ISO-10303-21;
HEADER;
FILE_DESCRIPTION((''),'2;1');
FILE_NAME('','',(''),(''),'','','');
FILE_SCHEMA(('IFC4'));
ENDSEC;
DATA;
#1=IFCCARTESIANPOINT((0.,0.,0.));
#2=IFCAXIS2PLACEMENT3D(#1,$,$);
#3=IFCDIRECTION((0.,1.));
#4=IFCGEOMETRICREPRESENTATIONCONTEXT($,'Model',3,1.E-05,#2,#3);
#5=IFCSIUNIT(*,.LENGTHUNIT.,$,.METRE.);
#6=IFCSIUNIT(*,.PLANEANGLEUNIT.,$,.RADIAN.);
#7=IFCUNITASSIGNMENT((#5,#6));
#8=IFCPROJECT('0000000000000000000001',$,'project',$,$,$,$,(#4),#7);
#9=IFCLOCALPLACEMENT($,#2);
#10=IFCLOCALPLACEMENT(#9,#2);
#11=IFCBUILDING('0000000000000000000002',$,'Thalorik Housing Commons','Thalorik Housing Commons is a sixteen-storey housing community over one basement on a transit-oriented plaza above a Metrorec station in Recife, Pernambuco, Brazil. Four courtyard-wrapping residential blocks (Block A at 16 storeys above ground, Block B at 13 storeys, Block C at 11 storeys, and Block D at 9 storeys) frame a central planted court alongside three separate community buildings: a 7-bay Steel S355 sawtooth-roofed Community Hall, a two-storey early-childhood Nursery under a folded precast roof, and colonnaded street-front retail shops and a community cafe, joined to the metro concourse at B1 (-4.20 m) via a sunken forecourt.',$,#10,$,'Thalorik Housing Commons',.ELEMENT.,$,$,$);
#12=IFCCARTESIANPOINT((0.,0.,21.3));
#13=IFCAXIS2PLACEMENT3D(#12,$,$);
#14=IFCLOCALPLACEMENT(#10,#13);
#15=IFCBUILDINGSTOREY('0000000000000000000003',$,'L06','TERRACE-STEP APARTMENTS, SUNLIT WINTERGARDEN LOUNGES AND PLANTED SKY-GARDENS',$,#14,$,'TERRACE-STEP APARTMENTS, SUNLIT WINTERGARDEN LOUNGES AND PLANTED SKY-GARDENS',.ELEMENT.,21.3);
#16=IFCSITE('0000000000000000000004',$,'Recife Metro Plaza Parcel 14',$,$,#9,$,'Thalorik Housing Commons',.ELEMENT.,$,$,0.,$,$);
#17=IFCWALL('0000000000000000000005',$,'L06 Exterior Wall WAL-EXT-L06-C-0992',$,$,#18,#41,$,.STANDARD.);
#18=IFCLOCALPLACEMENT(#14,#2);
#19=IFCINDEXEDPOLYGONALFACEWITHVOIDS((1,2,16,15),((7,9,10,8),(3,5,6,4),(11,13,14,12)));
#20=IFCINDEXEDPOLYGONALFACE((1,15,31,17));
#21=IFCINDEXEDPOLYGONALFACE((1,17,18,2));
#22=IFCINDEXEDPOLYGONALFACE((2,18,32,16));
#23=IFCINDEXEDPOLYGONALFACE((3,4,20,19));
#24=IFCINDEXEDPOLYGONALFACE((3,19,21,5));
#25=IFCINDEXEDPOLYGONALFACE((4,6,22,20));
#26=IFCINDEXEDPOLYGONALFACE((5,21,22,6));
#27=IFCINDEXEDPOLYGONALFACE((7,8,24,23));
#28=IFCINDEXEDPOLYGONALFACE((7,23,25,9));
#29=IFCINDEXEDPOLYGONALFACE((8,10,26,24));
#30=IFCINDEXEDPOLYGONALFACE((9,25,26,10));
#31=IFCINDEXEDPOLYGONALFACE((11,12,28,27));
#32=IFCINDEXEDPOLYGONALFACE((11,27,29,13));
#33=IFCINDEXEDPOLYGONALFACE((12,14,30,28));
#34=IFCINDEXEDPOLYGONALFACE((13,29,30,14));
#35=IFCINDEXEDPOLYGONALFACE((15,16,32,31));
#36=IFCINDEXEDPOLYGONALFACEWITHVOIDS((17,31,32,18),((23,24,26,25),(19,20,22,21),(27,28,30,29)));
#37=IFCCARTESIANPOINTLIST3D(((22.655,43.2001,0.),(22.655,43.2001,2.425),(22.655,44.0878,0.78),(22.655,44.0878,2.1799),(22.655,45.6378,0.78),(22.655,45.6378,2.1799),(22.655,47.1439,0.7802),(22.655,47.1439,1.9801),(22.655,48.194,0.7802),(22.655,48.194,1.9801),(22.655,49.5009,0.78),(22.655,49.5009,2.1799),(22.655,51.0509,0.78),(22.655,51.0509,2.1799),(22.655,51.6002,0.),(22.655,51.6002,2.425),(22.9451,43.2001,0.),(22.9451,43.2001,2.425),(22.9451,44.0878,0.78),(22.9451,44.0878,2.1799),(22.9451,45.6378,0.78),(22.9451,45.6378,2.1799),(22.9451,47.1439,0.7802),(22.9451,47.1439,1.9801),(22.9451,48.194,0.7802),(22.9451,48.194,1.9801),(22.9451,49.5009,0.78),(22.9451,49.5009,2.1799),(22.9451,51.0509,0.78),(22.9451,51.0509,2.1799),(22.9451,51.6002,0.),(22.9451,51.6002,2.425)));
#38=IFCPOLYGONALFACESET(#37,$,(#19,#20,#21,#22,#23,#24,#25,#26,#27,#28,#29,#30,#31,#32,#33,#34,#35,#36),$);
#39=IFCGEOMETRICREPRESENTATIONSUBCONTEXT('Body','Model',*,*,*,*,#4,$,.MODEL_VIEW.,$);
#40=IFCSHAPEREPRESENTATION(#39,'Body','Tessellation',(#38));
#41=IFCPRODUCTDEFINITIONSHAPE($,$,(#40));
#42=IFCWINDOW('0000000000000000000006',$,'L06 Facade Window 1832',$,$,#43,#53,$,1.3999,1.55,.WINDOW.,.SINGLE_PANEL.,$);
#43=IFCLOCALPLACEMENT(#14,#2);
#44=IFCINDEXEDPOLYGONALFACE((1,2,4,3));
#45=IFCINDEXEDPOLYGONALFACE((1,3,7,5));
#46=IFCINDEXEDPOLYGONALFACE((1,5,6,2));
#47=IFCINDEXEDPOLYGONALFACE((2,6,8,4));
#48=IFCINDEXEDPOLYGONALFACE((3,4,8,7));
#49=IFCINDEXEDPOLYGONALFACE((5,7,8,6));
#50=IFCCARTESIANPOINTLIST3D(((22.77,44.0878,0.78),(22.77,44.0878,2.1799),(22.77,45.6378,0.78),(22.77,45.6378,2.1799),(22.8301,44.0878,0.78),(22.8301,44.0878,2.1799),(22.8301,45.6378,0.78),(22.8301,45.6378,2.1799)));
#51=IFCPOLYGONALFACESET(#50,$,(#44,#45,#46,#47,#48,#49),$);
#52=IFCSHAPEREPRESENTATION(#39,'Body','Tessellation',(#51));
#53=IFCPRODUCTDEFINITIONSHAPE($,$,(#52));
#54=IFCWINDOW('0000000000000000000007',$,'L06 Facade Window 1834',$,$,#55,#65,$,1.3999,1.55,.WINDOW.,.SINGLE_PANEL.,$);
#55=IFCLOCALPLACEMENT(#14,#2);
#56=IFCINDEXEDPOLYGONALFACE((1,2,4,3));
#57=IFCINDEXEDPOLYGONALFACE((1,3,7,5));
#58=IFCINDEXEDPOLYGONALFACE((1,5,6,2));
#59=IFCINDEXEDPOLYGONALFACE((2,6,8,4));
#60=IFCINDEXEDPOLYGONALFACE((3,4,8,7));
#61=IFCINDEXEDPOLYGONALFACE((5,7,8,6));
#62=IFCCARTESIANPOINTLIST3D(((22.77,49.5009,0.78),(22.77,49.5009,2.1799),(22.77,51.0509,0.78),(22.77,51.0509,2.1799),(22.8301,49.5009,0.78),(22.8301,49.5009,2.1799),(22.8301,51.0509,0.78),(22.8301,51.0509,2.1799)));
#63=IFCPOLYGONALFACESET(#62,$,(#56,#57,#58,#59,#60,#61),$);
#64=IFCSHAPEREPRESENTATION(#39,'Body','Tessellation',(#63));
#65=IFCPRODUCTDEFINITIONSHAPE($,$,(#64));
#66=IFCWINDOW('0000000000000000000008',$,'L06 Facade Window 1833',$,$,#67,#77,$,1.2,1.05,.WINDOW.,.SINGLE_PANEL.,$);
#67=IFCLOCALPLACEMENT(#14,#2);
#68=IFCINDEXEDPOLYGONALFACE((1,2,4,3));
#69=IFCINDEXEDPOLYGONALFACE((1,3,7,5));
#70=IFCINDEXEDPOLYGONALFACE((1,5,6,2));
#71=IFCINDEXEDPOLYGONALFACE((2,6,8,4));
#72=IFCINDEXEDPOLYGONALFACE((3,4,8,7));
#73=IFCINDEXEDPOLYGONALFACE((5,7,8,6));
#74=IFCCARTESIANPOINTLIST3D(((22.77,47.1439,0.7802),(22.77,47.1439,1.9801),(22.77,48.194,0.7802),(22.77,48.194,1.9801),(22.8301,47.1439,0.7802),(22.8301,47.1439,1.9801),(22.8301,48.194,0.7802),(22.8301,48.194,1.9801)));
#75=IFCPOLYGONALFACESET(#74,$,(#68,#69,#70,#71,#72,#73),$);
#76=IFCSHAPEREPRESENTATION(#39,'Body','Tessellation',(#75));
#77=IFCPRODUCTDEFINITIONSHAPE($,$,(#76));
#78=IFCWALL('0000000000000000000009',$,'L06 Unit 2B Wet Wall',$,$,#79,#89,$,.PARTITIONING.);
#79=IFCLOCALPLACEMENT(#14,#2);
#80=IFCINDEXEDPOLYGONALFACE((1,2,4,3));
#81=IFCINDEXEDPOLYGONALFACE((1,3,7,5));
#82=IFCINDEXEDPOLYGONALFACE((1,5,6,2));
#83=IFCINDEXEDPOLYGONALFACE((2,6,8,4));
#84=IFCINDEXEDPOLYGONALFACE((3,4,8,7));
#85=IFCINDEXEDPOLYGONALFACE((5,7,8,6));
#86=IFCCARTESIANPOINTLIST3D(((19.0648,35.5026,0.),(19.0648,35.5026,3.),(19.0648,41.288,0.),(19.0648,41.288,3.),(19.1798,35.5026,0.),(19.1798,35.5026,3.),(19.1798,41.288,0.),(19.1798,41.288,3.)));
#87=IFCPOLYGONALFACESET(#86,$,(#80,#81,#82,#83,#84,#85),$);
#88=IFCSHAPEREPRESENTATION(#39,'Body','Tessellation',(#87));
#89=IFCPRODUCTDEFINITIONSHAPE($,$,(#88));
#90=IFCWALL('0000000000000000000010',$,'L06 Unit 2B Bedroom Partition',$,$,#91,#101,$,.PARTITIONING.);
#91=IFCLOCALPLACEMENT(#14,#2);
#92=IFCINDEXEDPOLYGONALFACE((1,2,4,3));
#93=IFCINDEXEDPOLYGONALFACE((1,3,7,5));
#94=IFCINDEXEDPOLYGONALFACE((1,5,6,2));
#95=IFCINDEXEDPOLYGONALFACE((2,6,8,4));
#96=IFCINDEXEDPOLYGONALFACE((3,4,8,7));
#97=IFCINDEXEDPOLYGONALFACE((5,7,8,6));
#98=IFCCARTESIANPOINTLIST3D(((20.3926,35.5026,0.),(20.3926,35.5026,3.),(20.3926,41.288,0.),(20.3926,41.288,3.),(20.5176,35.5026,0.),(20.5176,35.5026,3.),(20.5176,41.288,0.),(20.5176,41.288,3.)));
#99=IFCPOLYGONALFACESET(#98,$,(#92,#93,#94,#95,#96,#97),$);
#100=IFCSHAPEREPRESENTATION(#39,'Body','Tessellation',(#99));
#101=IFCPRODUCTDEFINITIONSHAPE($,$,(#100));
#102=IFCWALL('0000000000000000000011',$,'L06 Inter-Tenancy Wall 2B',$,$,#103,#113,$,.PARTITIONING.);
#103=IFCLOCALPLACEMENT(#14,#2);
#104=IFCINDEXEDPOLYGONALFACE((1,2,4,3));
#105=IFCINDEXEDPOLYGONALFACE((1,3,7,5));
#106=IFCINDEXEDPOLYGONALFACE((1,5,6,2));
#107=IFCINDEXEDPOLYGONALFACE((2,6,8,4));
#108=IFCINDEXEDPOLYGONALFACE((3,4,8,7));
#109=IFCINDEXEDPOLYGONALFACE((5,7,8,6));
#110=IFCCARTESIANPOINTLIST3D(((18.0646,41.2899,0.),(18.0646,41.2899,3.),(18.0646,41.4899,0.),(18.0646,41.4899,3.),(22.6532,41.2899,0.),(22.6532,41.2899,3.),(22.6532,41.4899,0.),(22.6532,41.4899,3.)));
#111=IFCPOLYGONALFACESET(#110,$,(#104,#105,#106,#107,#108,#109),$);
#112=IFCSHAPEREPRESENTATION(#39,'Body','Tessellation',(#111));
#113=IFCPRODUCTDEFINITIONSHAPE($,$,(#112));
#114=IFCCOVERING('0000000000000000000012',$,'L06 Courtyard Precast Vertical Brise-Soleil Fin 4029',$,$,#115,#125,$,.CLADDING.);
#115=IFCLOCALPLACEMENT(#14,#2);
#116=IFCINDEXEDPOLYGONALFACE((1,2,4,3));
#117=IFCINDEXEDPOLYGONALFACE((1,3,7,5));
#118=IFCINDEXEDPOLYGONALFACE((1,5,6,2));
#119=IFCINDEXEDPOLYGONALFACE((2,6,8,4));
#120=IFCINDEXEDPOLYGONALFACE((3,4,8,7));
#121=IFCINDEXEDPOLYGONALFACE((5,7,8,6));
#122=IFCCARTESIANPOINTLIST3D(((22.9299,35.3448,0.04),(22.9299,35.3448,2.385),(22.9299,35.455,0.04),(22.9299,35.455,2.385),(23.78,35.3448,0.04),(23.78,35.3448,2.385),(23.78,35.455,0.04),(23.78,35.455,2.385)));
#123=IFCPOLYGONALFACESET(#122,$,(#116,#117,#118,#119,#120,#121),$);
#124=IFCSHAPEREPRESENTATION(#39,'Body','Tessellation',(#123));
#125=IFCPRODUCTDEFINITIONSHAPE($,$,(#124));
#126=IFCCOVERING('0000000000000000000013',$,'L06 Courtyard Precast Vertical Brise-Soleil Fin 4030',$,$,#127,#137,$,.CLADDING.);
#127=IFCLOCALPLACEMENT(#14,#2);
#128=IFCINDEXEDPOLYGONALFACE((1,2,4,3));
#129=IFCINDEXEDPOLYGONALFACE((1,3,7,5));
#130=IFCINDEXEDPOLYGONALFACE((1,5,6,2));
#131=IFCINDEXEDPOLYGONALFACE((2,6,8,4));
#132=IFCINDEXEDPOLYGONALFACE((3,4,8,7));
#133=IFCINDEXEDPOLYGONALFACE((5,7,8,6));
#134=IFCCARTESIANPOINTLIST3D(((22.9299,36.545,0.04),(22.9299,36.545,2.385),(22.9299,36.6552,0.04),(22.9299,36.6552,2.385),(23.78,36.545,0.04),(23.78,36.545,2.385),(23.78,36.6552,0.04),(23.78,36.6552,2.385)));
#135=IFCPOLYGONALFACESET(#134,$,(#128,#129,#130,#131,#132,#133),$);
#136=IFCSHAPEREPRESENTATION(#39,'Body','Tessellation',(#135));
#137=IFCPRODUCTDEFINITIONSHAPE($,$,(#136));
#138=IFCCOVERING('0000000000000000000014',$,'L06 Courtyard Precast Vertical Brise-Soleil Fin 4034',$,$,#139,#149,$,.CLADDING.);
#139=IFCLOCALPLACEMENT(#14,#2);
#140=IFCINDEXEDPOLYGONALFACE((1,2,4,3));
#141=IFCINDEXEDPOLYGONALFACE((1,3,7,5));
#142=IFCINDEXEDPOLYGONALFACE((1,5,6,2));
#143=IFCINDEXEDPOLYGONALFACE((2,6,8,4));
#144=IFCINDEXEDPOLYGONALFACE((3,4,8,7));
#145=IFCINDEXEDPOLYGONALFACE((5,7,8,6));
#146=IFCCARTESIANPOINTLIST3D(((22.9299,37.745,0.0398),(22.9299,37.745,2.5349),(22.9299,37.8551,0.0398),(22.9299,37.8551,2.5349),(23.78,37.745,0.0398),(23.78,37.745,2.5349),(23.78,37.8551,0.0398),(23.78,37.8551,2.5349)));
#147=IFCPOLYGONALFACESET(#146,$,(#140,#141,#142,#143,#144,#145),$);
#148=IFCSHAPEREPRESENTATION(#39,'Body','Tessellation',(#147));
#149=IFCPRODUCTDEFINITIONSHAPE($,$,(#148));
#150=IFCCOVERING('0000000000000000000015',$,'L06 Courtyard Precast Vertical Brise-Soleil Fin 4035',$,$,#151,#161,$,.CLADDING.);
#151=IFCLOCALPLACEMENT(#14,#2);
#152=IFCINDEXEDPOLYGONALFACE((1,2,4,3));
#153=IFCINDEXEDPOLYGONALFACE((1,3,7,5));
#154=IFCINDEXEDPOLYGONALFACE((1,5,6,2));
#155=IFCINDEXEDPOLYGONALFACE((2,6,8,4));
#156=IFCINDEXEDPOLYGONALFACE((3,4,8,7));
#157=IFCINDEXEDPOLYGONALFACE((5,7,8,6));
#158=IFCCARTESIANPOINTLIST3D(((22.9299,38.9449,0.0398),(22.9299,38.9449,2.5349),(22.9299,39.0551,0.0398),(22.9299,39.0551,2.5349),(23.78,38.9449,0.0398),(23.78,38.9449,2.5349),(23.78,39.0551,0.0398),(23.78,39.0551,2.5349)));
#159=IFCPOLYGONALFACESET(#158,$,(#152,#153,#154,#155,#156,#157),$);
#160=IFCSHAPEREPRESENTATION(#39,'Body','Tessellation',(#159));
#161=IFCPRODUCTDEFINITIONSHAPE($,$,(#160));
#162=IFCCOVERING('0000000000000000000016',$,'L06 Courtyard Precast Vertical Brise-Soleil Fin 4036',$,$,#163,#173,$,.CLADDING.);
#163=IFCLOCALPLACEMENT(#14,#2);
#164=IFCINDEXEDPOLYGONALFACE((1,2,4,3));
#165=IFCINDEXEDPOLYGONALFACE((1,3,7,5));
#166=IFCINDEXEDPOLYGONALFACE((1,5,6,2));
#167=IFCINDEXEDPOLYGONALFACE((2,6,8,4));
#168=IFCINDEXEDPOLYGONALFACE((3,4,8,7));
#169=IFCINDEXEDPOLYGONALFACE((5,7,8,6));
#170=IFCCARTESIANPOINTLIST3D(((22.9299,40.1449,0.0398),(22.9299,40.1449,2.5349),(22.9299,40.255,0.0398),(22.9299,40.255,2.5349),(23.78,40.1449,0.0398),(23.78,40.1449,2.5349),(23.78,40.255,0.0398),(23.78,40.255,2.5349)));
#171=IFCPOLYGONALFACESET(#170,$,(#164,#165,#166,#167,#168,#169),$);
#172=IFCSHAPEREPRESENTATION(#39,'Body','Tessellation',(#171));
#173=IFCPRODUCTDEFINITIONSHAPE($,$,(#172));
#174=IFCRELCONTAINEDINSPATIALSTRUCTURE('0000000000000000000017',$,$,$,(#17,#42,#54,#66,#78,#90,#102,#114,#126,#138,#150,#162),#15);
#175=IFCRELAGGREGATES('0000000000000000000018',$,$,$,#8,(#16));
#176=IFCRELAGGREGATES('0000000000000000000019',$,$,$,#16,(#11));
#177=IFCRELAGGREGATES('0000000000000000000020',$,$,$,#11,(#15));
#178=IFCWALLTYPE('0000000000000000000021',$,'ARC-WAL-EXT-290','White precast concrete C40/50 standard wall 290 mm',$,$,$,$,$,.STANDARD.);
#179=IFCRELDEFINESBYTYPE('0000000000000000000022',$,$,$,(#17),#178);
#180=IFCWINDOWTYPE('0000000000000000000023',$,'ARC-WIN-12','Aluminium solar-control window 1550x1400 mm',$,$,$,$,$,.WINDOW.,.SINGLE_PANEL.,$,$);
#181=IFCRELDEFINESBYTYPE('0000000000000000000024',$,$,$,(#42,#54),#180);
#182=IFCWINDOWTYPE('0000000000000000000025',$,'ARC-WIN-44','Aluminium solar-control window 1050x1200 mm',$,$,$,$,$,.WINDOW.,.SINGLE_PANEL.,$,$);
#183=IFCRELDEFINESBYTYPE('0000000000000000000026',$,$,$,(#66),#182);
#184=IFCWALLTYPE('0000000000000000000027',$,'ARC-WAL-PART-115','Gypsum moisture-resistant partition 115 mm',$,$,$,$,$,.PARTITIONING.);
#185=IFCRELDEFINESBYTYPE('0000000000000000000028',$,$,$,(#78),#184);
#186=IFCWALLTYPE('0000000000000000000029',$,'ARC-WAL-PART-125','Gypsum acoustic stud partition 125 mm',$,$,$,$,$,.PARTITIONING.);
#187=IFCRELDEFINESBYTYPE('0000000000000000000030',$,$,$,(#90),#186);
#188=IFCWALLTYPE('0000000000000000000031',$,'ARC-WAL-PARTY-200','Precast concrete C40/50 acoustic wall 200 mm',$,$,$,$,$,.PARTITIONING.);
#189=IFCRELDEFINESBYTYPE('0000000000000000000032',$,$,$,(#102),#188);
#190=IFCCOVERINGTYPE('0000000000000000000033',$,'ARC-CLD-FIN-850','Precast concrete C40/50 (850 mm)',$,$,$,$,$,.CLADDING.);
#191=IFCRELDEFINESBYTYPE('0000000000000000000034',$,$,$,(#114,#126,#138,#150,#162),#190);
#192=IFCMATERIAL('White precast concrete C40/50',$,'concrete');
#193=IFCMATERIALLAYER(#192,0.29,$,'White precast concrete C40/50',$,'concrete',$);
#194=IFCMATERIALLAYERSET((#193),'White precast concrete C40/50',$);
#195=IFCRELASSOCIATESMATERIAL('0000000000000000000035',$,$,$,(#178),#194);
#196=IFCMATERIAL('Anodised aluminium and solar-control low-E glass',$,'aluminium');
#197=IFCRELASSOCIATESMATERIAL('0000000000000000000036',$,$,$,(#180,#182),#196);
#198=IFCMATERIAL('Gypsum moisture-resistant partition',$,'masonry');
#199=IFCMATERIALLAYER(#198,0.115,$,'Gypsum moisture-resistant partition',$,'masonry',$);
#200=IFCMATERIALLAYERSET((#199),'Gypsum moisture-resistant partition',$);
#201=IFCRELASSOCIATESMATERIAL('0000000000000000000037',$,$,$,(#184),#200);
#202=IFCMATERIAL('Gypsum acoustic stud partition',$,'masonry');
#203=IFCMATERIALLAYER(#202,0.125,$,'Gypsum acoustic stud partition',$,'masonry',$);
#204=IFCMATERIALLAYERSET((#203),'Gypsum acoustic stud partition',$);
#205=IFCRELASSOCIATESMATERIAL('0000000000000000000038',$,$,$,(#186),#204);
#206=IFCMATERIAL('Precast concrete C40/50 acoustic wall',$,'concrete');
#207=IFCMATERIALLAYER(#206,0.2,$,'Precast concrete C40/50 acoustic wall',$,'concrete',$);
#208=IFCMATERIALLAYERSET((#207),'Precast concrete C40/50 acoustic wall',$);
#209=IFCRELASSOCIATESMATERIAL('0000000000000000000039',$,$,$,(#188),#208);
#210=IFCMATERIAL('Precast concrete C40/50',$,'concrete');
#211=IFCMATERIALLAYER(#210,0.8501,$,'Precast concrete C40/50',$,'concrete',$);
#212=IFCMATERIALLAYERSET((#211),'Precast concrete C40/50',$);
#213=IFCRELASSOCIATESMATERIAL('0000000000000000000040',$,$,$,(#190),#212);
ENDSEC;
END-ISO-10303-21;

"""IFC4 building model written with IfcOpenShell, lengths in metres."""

from ifc_helpers import new_model, si_unit, direction, frame, frame_2d, origin, origin_2d, place, context, subcontext, project, spatial, rectangle, extrude, material, layer, layer_set, type_object, element, fill, save


model = new_model("IFC4")

# Units and contexts
model_context = context("Model", 3, precision=1e-05, world=origin(), true_north=direction((0.0, 1.0)))
body_context = subcontext(model_context, "Body", "Model", "MODEL_VIEW")
ifc_project = project(units=[si_unit("LENGTHUNIT", "METRE"), si_unit("PLANEANGLEUNIT", "RADIAN")], contexts=[model_context])

# Site, building, storey
site_placement = place(None, origin())
site = spatial("IfcSite", under=ifc_project, at=site_placement, Name="Recife Metro Plaza Parcel 14", LongName="Thalorik Housing Commons", CompositionType="ELEMENT", RefElevation=0.0)
building_placement = place(site_placement, origin())
building = spatial("IfcBuilding", under=site, at=building_placement, Name="Thalorik Housing Commons", Description="Thalorik Housing Commons is a sixteen-storey housing community over one basement on a transit-oriented plaza above a Metrorec station in Recife, Pernambuco, Brazil. Four courtyard-wrapping residential blocks (Block A at 16 storeys above ground, Block B at 13 storeys, Block C at 11 storeys, and Block D at 9 storeys) frame a central planted court alongside three separate community buildings: a 7-bay Steel S355 sawtooth-roofed Community Hall, a two-storey early-childhood Nursery under a folded precast roof, and colonnaded street-front retail shops and a community cafe, joined to the metro concourse at B1 (-4.20 m) via a sunken forecourt.", LongName="Thalorik Housing Commons", CompositionType="ELEMENT")
storey_placement = place(building_placement, frame((0.0, 0.0, 21.3)))
storey = spatial("IfcBuildingStorey", under=building, at=storey_placement, Name="L06", Description="TERRACE-STEP APARTMENTS, SUNLIT WINTERGARDEN LOUNGES AND PLANTED SKY-GARDENS", LongName="TERRACE-STEP APARTMENTS, SUNLIT WINTERGARDEN LOUNGES AND PLANTED SKY-GARDENS", CompositionType="ELEMENT", Elevation=21.3)

# Shared definitions
ifc_material_1 = material(Name="Precast concrete C40/50", Category="concrete")

# Wall, openings, windows
ifc_material_2 = material(Name="White precast concrete C40/50", Category="concrete")
ifc_layer_1 = layer(ifc_material_2, 0.29, Name="White precast concrete C40/50", Category="concrete")
ifc_layer_set_1 = layer_set([ifc_layer_1], Name="White precast concrete C40/50")
wall_type_1 = type_object("IfcWallType", Name="ARC-WAL-EXT-290", Description="White precast concrete C40/50 standard wall 290 mm", PredefinedType="STANDARD", material=ifc_layer_set_1)
ifc_material_3 = material(Name="Anodised aluminium and solar-control low-E glass", Category="aluminium")
wall_1_placement = place(storey_placement, frame((22.8, 43.2, 0.0), z_axis=(0.0, 0.0, 1.0), x_axis=(0.0, 1.0, 0.0)))
wall_1 = element("IfcWall", 1, at=wall_1_placement, inside=storey, type_object=wall_type_1, Name="L06 Exterior Wall WAL-EXT-L06-C-0992", PredefinedType="STANDARD", context=body_context, shape_type="SweptSolid", body=[
    extrude(rectangle(XDim=8.4001, YDim=0.29, at=frame_2d((4.2002, 0.0))), origin(), (0.0, 0.0, 1.0), 2.425),
])
opening_1_placement = place(wall_1_placement, frame((0.8879, 0.0, 0.78)))
opening_1 = element("IfcOpeningElement", 2, at=opening_1_placement, cuts=wall_1, PredefinedType="OPENING", context=body_context, shape_type="SweptSolid", body=[
    extrude(rectangle(XDim=1.55, YDim=1.3999, at=frame_2d((0.7749, 0.7))), frame((0.0, 0.155, 0.0), z_axis=(0.0, -1.0, 0.0), x_axis=(1.0, 0.0, 0.0)), (0.0, 0.0, 1.0), 0.3101),
])
opening_2_placement = place(wall_1_placement, frame((3.9441, 0.0, 0.78)))
opening_2 = element("IfcOpeningElement", 3, at=opening_2_placement, cuts=wall_1, PredefinedType="OPENING", context=body_context, shape_type="SweptSolid", body=[
    extrude(rectangle(XDim=1.05, YDim=1.2, at=frame_2d((0.5249, 0.6001))), frame((0.0, 0.155, 0.0), z_axis=(0.0, -1.0, 0.0), x_axis=(1.0, 0.0, 0.0)), (0.0, 0.0, 1.0), 0.3101),
])
opening_3_placement = place(wall_1_placement, frame((6.301, 0.0, 0.78)))
opening_3 = element("IfcOpeningElement", 4, at=opening_3_placement, cuts=wall_1, PredefinedType="OPENING", context=body_context, shape_type="SweptSolid", body=[
    extrude(rectangle(XDim=1.55, YDim=1.3999, at=frame_2d((0.7749, 0.7))), frame((0.0, 0.155, 0.0), z_axis=(0.0, -1.0, 0.0), x_axis=(1.0, 0.0, 0.0)), (0.0, 0.0, 1.0), 0.3101),
])
window_type_1 = type_object("IfcWindowType", Name="ARC-WIN-12", Description="Aluminium solar-control window 1550x1400 mm", PartitioningType="SINGLE_PANEL", PredefinedType="WINDOW", material=ifc_material_3)
window_1_placement = place(opening_1_placement, origin())
window_1 = element("IfcWindow", 5, at=window_1_placement, inside=storey, type_object=window_type_1, Name="L06 Facade Window 1832", OverallHeight=1.3999, OverallWidth=1.55, PartitioningType="SINGLE_PANEL", PredefinedType="WINDOW", context=body_context, shape_type="SweptSolid", body=[
    extrude(rectangle(XDim=1.55, YDim=1.3999, at=frame_2d((0.7749, 0.7))), frame((0.0, 0.03, 0.0), z_axis=(0.0, -1.0, 0.0), x_axis=(1.0, 0.0, 0.0)), (0.0, 0.0, 1.0), 0.0601),
])
fill(opening_1, window_1)
window_2_placement = place(opening_3_placement, origin())
window_2 = element("IfcWindow", 6, at=window_2_placement, inside=storey, type_object=window_type_1, Name="L06 Facade Window 1834", OverallHeight=1.3999, OverallWidth=1.55, PartitioningType="SINGLE_PANEL", PredefinedType="WINDOW", context=body_context, shape_type="SweptSolid", body=[
    extrude(rectangle(XDim=1.55, YDim=1.3999, at=frame_2d((0.7749, 0.7))), frame((0.0, 0.03, 0.0), z_axis=(0.0, -1.0, 0.0), x_axis=(1.0, 0.0, 0.0)), (0.0, 0.0, 1.0), 0.0601),
])
fill(opening_3, window_2)
window_type_2 = type_object("IfcWindowType", Name="ARC-WIN-44", Description="Aluminium solar-control window 1050x1200 mm", PartitioningType="SINGLE_PANEL", PredefinedType="WINDOW", material=ifc_material_3)
window_3_placement = place(opening_2_placement, origin())
window_3 = element("IfcWindow", 7, at=window_3_placement, inside=storey, type_object=window_type_2, Name="L06 Facade Window 1833", OverallHeight=1.2, OverallWidth=1.05, PartitioningType="SINGLE_PANEL", PredefinedType="WINDOW", context=body_context, shape_type="SweptSolid", body=[
    extrude(rectangle(XDim=1.05, YDim=1.2, at=frame_2d((0.5249, 0.6001))), frame((0.0, 0.03, 0.0), z_axis=(0.0, -1.0, 0.0), x_axis=(1.0, 0.0, 0.0)), (0.0, 0.0, 1.0), 0.0601),
])
fill(opening_2, window_3)

# Walls
ifc_material_4 = material(Name="Gypsum moisture-resistant partition", Category="masonry")
ifc_layer_2 = layer(ifc_material_4, 0.115, Name="Gypsum moisture-resistant partition", Category="masonry")
ifc_layer_set_2 = layer_set([ifc_layer_2], Name="Gypsum moisture-resistant partition")
wall_type_2 = type_object("IfcWallType", Name="ARC-WAL-PART-115", Description="Gypsum moisture-resistant partition 115 mm", PredefinedType="PARTITIONING", material=ifc_layer_set_2)
wall_2_placement = place(storey_placement, frame((19.1223, 35.5027, 0.0), z_axis=(0.0, 0.0, 1.0), x_axis=(0.0, 1.0, 0.0)))
element("IfcWall", 8, at=wall_2_placement, inside=storey, type_object=wall_type_2, Name="L06 Unit 2B Wet Wall", PredefinedType="PARTITIONING", context=body_context, shape_type="SweptSolid", body=[
    extrude(rectangle(XDim=5.7854, YDim=0.115, at=frame_2d((2.8926, 0.0))), origin(), (0.0, 0.0, 1.0), 3.0),
])
ifc_material_5 = material(Name="Gypsum acoustic stud partition", Category="masonry")
ifc_layer_3 = layer(ifc_material_5, 0.125, Name="Gypsum acoustic stud partition", Category="masonry")
ifc_layer_set_3 = layer_set([ifc_layer_3], Name="Gypsum acoustic stud partition")
wall_type_3 = type_object("IfcWallType", Name="ARC-WAL-PART-125", Description="Gypsum acoustic stud partition 125 mm", PredefinedType="PARTITIONING", material=ifc_layer_set_3)
wall_3_placement = place(storey_placement, frame((20.4551, 35.5027, 0.0), z_axis=(0.0, 0.0, 1.0), x_axis=(0.0, 1.0, 0.0)))
element("IfcWall", 9, at=wall_3_placement, inside=storey, type_object=wall_type_3, Name="L06 Unit 2B Bedroom Partition", PredefinedType="PARTITIONING", context=body_context, shape_type="SweptSolid", body=[
    extrude(rectangle(XDim=5.7854, YDim=0.125, at=frame_2d((2.8926, 0.0))), origin(), (0.0, 0.0, 1.0), 3.0),
])
ifc_material_6 = material(Name="Precast concrete C40/50 acoustic wall", Category="concrete")
ifc_layer_4 = layer(ifc_material_6, 0.2, Name="Precast concrete C40/50 acoustic wall", Category="concrete")
ifc_layer_set_4 = layer_set([ifc_layer_4], Name="Precast concrete C40/50 acoustic wall")
wall_type_4 = type_object("IfcWallType", Name="ARC-WAL-PARTY-200", Description="Precast concrete C40/50 acoustic wall 200 mm", PredefinedType="PARTITIONING", material=ifc_layer_set_4)
wall_4_placement = place(storey_placement, frame((18.0645, 41.3899, 0.0), z_axis=(0.0, 0.0, 1.0), x_axis=(1.0, 0.0, 0.0)))
element("IfcWall", 10, at=wall_4_placement, inside=storey, type_object=wall_type_4, Name="L06 Inter-Tenancy Wall 2B", PredefinedType="PARTITIONING", context=body_context, shape_type="SweptSolid", body=[
    extrude(rectangle(XDim=4.5886, YDim=0.2, at=frame_2d((2.2944, 0.0))), origin(), (0.0, 0.0, 1.0), 3.0),
])

# Coverings
ifc_layer_5 = layer(ifc_material_1, 0.8501, Name="Precast concrete C40/50", Category="concrete")
ifc_layer_set_5 = layer_set([ifc_layer_5], Name="Precast concrete C40/50")
covering_type_1 = type_object("IfcCoveringType", Name="ARC-CLD-FIN-850", Description="Precast concrete C40/50 (850 mm)", PredefinedType="CLADDING", material=ifc_layer_set_5)
for number, where, z_axis, x_axis, name in (
    (11, (23.355, 35.3999, 0.04), (0.0, 0.0, 1.0), (0.0, 1.0, 0.0), "L06 Courtyard Precast Vertical Brise-Soleil Fin 4029"),
    (12, (23.355, 36.6001, 0.04), (0.0, 0.0, 1.0), (0.0, 1.0, 0.0), "L06 Courtyard Precast Vertical Brise-Soleil Fin 4030"),
):
    element("IfcCovering", number, at=place(storey_placement, frame(where, z_axis=z_axis, x_axis=x_axis)), inside=storey, type_object=covering_type_1, Name=name, PredefinedType="CLADDING", context=body_context, shape_type="SweptSolid", body=[
        extrude(rectangle(XDim=0.1101, YDim=0.8501, at=origin_2d()), origin(), (0.0, 0.0, 1.0), 2.345),
    ])
for number, where, z_axis, x_axis, name in (
    (13, (23.355, 37.8, 0.0398), (0.0, 0.0, 1.0), (0.0, 1.0, 0.0), "L06 Courtyard Precast Vertical Brise-Soleil Fin 4034"),
    (14, (23.355, 39.0, 0.0398), (0.0, 0.0, 1.0), (0.0, 1.0, 0.0), "L06 Courtyard Precast Vertical Brise-Soleil Fin 4035"),
    (15, (23.355, 40.2, 0.0398), (0.0, 0.0, 1.0), (0.0, 1.0, 0.0), "L06 Courtyard Precast Vertical Brise-Soleil Fin 4036"),
):
    element("IfcCovering", number, at=place(storey_placement, frame(where, z_axis=z_axis, x_axis=x_axis)), inside=storey, type_object=covering_type_1, Name=name, PredefinedType="CLADDING", context=body_context, shape_type="SweptSolid", body=[
        extrude(rectangle(XDim=0.1101, YDim=0.8501, at=origin_2d()), origin(), (0.0, 0.0, 1.0), 2.4951),
    ])

save(model, "model.ifc")
